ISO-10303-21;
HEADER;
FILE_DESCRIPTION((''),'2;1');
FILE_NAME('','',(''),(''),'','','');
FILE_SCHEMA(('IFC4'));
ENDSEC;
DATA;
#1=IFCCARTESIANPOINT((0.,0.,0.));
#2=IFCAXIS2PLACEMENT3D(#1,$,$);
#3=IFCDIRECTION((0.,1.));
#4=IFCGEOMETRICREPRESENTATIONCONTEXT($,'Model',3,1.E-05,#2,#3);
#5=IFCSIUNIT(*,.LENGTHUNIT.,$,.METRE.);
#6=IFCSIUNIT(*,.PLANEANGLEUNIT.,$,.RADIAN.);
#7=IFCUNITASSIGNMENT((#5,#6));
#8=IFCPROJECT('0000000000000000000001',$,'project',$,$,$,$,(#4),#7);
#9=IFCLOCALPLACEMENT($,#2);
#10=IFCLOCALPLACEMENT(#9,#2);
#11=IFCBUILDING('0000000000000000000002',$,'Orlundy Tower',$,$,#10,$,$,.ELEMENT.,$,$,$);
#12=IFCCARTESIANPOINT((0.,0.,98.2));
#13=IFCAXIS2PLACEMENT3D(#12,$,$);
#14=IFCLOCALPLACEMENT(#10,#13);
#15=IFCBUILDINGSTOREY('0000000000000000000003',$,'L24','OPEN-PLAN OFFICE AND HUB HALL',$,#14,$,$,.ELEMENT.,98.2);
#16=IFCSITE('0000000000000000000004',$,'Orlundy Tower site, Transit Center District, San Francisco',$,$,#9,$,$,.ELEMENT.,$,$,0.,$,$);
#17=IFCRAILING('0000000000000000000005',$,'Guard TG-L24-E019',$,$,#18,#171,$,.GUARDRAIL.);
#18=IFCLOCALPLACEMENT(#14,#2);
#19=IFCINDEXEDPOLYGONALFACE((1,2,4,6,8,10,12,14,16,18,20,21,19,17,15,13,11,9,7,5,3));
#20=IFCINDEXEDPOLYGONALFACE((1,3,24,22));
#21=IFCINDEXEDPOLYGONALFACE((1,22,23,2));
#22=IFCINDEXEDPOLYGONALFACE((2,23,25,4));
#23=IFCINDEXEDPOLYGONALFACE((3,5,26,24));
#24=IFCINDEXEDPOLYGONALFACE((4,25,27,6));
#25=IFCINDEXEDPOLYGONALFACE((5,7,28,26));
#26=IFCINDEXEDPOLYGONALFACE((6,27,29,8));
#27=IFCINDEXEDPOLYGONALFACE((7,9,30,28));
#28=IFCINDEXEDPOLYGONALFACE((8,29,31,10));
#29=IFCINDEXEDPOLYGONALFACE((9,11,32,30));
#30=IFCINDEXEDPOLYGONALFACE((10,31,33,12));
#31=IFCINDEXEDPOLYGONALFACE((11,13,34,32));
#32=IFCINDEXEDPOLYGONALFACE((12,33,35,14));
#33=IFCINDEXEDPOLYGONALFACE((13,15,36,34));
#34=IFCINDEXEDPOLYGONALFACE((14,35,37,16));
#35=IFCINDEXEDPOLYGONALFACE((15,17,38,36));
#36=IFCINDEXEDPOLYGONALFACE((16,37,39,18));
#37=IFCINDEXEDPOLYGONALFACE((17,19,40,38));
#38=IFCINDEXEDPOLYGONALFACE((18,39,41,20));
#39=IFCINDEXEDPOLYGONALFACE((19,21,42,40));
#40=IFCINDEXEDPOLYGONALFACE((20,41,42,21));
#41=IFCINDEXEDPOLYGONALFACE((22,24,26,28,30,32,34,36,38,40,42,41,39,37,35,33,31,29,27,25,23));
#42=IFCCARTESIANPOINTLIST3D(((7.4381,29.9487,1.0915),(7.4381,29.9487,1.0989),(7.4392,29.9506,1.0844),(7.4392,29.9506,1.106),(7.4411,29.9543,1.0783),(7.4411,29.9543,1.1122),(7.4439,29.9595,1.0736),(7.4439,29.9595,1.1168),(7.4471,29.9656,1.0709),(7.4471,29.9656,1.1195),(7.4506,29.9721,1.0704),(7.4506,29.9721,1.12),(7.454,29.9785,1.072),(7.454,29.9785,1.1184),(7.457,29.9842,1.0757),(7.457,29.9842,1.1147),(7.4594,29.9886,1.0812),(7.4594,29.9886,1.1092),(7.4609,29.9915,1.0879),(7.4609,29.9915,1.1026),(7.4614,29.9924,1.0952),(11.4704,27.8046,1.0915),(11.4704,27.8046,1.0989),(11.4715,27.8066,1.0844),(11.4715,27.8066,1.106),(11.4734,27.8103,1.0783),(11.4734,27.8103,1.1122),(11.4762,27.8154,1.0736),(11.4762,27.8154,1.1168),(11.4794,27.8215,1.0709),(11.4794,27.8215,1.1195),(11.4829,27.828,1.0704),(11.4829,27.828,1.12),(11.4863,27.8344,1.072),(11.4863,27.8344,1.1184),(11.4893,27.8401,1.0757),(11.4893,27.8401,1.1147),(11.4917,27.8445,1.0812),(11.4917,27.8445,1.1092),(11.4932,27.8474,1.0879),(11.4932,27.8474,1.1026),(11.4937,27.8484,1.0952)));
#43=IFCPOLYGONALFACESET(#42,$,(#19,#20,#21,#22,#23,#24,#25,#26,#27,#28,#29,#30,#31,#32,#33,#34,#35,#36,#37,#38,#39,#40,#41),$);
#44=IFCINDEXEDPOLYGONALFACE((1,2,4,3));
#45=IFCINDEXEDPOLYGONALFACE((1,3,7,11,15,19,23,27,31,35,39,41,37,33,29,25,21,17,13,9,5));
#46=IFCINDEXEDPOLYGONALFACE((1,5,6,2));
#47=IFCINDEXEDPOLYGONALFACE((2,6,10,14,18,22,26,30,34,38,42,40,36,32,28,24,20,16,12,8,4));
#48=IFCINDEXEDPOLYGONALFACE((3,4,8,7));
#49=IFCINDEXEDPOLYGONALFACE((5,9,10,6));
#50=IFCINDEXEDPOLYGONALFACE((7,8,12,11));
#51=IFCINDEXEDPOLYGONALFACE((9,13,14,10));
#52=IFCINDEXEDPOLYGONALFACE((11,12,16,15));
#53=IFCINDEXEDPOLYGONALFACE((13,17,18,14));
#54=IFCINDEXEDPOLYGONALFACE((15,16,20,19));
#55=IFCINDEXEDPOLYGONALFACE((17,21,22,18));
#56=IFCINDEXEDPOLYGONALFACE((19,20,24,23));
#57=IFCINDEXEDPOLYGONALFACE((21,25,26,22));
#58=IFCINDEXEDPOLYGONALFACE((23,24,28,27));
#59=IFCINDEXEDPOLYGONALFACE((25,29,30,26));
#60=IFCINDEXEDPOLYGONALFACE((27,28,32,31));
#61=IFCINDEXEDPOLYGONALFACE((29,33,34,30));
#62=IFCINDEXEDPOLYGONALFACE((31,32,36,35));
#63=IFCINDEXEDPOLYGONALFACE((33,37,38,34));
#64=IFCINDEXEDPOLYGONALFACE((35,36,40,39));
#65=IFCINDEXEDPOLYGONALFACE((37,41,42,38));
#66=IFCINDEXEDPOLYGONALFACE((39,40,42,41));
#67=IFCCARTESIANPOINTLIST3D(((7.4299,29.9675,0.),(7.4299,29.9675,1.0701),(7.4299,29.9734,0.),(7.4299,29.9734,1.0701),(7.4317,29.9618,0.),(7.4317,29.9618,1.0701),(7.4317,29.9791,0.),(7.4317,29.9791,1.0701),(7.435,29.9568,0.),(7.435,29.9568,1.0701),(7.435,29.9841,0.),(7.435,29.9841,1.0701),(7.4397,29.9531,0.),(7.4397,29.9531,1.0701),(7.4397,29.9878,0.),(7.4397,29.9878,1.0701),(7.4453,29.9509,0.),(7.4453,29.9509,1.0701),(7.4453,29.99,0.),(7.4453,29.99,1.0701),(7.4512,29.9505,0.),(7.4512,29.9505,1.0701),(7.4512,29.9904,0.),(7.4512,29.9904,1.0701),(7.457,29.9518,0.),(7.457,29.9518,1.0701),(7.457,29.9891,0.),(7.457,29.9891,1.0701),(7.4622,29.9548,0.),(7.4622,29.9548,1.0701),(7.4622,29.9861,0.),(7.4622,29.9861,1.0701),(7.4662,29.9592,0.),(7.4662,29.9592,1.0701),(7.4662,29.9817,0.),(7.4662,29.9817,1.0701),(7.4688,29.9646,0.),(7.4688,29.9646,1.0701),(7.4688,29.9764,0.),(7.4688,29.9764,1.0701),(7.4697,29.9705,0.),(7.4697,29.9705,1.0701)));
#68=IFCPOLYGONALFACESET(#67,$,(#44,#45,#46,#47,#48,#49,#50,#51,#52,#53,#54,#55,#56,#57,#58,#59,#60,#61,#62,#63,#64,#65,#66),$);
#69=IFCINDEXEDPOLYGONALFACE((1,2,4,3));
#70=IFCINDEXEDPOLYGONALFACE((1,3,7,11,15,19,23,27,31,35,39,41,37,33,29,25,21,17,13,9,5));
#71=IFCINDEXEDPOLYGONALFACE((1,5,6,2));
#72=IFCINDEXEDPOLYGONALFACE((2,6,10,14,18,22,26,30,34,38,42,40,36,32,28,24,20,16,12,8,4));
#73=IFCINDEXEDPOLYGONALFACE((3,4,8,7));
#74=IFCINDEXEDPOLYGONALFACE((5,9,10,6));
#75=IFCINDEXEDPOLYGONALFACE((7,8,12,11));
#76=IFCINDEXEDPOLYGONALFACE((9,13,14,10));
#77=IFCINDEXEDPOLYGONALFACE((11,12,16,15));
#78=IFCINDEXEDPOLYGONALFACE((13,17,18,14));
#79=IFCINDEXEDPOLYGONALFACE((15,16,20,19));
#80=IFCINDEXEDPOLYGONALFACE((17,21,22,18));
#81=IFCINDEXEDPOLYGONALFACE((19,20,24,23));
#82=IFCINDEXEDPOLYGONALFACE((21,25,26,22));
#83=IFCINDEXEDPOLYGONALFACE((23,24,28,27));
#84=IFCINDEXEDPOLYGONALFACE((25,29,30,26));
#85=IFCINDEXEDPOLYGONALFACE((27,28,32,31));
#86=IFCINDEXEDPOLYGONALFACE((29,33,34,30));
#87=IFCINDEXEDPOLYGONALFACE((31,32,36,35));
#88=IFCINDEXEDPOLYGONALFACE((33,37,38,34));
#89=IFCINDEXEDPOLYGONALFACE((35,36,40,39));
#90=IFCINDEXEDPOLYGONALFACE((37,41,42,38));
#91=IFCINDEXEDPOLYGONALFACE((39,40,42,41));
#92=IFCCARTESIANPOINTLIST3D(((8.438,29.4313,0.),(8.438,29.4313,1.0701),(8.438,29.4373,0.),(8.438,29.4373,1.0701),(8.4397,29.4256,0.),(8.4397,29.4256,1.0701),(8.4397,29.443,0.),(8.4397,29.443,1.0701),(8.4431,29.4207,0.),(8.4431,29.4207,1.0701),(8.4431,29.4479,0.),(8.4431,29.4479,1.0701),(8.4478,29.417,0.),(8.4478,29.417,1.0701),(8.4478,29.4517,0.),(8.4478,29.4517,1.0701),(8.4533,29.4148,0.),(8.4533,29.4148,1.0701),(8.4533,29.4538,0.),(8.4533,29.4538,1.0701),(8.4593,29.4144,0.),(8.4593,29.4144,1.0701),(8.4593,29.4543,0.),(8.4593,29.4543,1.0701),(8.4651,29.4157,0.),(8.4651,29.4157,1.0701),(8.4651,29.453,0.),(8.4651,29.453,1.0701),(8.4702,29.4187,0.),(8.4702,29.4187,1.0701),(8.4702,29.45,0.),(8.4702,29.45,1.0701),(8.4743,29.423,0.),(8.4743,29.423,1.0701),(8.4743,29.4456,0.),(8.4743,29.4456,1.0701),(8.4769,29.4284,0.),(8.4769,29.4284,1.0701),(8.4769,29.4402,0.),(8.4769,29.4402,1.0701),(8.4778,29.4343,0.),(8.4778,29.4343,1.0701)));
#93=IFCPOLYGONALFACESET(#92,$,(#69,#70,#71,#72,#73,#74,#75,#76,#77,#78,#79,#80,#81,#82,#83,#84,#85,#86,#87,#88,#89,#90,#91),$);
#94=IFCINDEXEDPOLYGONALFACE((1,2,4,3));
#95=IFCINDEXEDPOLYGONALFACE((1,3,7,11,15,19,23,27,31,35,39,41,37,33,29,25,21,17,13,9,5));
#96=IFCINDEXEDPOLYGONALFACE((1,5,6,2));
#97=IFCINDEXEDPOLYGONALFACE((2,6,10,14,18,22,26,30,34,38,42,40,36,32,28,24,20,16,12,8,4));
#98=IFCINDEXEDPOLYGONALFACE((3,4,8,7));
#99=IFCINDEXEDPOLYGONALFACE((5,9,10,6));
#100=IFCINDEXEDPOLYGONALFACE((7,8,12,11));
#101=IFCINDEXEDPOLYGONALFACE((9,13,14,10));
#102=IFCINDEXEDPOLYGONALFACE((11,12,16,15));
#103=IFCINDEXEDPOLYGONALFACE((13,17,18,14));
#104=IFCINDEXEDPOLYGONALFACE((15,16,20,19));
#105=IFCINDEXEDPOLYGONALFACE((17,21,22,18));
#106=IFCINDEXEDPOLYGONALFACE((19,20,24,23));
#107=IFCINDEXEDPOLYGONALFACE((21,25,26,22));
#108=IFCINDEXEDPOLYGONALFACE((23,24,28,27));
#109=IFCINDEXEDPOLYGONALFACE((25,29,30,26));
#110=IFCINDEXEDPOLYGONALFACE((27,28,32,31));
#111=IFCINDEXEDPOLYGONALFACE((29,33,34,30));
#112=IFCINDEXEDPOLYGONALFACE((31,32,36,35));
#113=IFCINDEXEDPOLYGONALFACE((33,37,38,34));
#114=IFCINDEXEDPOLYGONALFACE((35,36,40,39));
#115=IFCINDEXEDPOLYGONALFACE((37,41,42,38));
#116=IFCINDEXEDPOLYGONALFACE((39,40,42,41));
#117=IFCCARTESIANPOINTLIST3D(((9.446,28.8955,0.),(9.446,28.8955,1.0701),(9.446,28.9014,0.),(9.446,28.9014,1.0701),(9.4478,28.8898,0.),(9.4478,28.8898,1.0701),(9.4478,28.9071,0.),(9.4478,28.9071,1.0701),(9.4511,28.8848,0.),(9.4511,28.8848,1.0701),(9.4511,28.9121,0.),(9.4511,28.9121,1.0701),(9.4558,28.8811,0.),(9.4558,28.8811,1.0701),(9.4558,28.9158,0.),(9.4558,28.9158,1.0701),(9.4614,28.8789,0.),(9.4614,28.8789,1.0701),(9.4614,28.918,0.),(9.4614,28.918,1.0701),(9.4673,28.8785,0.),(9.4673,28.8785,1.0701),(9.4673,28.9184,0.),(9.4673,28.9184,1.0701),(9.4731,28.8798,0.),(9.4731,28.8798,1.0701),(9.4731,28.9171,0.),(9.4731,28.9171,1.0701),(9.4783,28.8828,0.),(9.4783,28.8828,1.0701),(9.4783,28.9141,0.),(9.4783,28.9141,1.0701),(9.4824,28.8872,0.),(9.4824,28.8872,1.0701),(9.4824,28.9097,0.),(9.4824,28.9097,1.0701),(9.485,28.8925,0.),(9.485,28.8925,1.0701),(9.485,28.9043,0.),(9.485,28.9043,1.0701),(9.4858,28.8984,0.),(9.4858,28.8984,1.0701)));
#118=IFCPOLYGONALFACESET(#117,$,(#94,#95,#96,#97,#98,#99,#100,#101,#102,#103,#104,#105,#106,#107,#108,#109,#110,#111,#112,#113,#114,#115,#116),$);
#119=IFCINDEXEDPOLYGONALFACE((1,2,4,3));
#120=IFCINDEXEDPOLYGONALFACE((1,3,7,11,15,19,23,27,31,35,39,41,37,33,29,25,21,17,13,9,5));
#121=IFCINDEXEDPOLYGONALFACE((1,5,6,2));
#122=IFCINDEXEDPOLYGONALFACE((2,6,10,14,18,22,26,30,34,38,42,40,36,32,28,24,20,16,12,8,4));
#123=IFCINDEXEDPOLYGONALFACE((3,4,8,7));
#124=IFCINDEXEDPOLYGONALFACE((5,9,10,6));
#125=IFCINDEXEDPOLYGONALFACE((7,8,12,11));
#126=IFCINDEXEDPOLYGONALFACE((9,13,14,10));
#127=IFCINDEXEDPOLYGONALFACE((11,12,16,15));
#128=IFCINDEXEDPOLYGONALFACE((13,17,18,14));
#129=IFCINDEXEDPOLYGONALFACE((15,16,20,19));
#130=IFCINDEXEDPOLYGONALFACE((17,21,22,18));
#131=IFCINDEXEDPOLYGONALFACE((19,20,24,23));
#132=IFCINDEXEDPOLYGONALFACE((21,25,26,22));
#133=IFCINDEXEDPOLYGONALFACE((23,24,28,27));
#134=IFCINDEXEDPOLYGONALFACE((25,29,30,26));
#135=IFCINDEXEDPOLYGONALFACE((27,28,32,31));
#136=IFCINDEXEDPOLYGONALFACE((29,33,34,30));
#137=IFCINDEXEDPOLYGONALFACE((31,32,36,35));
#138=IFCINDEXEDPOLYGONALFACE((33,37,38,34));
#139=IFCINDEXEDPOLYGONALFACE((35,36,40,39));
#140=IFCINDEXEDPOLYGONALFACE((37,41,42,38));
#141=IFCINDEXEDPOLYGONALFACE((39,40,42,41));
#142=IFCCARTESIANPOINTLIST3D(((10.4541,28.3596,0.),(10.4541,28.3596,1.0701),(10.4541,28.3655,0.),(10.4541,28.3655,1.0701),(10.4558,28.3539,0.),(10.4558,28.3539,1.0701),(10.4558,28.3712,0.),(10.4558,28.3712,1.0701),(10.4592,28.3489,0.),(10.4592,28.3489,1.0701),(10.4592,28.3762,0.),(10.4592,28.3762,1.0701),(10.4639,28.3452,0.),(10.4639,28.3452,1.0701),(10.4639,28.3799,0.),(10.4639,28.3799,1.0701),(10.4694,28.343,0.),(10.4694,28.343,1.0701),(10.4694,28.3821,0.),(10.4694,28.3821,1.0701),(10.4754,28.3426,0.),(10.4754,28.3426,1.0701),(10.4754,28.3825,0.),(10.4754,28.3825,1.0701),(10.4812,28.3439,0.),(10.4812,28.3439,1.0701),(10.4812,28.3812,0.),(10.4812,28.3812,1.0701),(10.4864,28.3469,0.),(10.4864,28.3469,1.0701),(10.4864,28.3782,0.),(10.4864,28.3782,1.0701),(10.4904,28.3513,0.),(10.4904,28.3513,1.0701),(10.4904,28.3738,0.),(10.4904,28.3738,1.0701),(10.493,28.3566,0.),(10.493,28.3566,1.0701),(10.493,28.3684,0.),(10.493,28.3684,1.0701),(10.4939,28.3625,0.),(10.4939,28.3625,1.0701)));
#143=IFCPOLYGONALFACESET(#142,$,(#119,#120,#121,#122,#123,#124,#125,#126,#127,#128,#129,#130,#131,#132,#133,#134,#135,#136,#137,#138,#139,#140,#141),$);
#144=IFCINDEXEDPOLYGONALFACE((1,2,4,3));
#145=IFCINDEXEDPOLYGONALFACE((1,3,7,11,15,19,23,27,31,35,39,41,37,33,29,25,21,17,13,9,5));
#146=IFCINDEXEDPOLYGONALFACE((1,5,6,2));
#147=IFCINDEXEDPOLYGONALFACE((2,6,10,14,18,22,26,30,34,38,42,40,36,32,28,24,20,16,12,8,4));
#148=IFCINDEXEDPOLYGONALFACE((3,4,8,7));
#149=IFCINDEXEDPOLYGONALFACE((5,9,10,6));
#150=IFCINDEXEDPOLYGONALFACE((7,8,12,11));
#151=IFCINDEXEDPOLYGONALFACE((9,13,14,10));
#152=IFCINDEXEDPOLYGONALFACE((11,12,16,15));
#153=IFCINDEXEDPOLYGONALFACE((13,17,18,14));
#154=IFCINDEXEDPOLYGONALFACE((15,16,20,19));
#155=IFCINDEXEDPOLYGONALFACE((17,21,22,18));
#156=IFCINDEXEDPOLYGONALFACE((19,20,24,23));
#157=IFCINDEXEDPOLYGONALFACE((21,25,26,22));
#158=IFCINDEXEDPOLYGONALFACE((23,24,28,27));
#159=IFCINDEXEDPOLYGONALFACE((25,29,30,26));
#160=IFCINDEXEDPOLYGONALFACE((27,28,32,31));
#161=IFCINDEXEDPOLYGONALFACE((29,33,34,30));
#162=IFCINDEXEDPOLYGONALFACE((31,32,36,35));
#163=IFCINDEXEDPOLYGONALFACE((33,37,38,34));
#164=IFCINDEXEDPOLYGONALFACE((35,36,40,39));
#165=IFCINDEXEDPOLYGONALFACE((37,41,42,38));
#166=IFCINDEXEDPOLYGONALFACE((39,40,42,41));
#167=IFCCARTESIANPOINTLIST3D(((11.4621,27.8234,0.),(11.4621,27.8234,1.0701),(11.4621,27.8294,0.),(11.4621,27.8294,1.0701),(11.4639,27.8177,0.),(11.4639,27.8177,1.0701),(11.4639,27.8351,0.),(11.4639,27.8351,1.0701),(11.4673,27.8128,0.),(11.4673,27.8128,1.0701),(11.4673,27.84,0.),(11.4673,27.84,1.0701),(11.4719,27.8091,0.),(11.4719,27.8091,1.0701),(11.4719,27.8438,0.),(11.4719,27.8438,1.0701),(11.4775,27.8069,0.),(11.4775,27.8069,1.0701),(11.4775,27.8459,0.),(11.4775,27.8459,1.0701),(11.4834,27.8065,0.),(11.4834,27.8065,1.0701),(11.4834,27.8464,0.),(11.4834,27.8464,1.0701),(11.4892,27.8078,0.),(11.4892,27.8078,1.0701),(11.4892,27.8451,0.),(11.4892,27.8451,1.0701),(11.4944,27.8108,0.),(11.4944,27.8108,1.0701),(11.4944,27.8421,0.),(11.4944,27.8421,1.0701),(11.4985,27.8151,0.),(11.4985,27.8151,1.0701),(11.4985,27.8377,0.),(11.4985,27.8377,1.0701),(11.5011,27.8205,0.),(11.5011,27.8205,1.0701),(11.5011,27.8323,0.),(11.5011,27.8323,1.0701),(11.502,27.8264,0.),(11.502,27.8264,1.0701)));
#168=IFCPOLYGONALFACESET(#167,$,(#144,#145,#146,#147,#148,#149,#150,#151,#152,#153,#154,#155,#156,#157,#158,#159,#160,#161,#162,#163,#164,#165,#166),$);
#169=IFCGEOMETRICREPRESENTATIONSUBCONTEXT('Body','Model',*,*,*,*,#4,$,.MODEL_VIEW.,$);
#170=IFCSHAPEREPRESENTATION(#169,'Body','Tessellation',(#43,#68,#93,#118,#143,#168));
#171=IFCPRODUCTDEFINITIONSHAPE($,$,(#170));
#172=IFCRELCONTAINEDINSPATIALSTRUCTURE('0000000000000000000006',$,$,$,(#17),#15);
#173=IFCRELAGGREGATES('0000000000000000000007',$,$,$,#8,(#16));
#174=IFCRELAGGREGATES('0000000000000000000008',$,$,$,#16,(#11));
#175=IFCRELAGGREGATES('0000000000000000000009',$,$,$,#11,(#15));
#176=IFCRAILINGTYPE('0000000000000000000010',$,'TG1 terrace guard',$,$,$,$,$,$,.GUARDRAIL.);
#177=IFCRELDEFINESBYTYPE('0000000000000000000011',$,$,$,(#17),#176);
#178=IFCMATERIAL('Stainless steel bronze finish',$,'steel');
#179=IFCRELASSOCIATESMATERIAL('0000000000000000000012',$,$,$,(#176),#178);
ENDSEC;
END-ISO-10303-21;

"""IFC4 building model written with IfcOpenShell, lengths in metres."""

from ifc_helpers import new_model, si_unit, direction, frame, origin, origin_2d, place, context, subcontext, project, spatial, circle, extrude, material, type_object, element, save


model = new_model("IFC4")

# Units and contexts
model_context = context("Model", 3, precision=1e-05, world=origin(), true_north=direction((0.0, 1.0)))
body_context = subcontext(model_context, "Body", "Model", "MODEL_VIEW")
ifc_project = project(units=[si_unit("LENGTHUNIT", "METRE"), si_unit("PLANEANGLEUNIT", "RADIAN")], contexts=[model_context])

# Site, building, storey
site_placement = place(None, origin())
site = spatial("IfcSite", under=ifc_project, at=site_placement, Name="Orlundy Tower site, Transit Center District, San Francisco", CompositionType="ELEMENT", RefElevation=0.0)
building_placement = place(site_placement, origin())
building = spatial("IfcBuilding", under=site, at=building_placement, Name="Orlundy Tower", CompositionType="ELEMENT")
storey_placement = place(building_placement, frame((0.0, 0.0, 98.2)))
storey = spatial("IfcBuildingStorey", under=building, at=storey_placement, Name="L24", Description="OPEN-PLAN OFFICE AND HUB HALL", CompositionType="ELEMENT", Elevation=98.2)

# Railing
ifc_material_1 = material(Name="Stainless steel bronze finish", Category="steel")
railing_type_1 = type_object("IfcRailingType", Name="TG1 terrace guard", PredefinedType="GUARDRAIL", material=ifc_material_1)
railing_1_placement = place(storey_placement, frame((7.4497, 29.9705, 0.0)))
element("IfcRailing", 1, at=railing_1_placement, inside=storey, type_object=railing_type_1, Name="Guard TG-L24-E019", PredefinedType="GUARDRAIL", context=body_context, shape_type="SweptSolid", body=[
    extrude(circle(Radius=0.0249, at=origin_2d()), frame((0.0, 0.0, 1.0952), z_axis=(0.882941, -0.469484, 0.0), x_axis=(0.469484, 0.882941, 0.0)), (0.0, 0.0, 1.0), 4.5669),
    extrude(circle(Radius=0.02, at=origin_2d()), origin(), (0.0, 0.0, 1.0), 1.0701),
    extrude(circle(Radius=0.02, at=origin_2d()), frame((1.0081, -0.5361, 0.0)), (0.0, 0.0, 1.0), 1.0701),
    extrude(circle(Radius=0.02, at=origin_2d()), frame((2.0161, -1.072, 0.0)), (0.0, 0.0, 1.0), 1.0701),
    extrude(circle(Radius=0.02, at=origin_2d()), frame((3.0242, -1.6079, 0.0)), (0.0, 0.0, 1.0), 1.0701),
    extrude(circle(Radius=0.02, at=origin_2d()), frame((4.0322, -2.144, 0.0)), (0.0, 0.0, 1.0), 1.0701),
])

save(model, "model.ifc")
